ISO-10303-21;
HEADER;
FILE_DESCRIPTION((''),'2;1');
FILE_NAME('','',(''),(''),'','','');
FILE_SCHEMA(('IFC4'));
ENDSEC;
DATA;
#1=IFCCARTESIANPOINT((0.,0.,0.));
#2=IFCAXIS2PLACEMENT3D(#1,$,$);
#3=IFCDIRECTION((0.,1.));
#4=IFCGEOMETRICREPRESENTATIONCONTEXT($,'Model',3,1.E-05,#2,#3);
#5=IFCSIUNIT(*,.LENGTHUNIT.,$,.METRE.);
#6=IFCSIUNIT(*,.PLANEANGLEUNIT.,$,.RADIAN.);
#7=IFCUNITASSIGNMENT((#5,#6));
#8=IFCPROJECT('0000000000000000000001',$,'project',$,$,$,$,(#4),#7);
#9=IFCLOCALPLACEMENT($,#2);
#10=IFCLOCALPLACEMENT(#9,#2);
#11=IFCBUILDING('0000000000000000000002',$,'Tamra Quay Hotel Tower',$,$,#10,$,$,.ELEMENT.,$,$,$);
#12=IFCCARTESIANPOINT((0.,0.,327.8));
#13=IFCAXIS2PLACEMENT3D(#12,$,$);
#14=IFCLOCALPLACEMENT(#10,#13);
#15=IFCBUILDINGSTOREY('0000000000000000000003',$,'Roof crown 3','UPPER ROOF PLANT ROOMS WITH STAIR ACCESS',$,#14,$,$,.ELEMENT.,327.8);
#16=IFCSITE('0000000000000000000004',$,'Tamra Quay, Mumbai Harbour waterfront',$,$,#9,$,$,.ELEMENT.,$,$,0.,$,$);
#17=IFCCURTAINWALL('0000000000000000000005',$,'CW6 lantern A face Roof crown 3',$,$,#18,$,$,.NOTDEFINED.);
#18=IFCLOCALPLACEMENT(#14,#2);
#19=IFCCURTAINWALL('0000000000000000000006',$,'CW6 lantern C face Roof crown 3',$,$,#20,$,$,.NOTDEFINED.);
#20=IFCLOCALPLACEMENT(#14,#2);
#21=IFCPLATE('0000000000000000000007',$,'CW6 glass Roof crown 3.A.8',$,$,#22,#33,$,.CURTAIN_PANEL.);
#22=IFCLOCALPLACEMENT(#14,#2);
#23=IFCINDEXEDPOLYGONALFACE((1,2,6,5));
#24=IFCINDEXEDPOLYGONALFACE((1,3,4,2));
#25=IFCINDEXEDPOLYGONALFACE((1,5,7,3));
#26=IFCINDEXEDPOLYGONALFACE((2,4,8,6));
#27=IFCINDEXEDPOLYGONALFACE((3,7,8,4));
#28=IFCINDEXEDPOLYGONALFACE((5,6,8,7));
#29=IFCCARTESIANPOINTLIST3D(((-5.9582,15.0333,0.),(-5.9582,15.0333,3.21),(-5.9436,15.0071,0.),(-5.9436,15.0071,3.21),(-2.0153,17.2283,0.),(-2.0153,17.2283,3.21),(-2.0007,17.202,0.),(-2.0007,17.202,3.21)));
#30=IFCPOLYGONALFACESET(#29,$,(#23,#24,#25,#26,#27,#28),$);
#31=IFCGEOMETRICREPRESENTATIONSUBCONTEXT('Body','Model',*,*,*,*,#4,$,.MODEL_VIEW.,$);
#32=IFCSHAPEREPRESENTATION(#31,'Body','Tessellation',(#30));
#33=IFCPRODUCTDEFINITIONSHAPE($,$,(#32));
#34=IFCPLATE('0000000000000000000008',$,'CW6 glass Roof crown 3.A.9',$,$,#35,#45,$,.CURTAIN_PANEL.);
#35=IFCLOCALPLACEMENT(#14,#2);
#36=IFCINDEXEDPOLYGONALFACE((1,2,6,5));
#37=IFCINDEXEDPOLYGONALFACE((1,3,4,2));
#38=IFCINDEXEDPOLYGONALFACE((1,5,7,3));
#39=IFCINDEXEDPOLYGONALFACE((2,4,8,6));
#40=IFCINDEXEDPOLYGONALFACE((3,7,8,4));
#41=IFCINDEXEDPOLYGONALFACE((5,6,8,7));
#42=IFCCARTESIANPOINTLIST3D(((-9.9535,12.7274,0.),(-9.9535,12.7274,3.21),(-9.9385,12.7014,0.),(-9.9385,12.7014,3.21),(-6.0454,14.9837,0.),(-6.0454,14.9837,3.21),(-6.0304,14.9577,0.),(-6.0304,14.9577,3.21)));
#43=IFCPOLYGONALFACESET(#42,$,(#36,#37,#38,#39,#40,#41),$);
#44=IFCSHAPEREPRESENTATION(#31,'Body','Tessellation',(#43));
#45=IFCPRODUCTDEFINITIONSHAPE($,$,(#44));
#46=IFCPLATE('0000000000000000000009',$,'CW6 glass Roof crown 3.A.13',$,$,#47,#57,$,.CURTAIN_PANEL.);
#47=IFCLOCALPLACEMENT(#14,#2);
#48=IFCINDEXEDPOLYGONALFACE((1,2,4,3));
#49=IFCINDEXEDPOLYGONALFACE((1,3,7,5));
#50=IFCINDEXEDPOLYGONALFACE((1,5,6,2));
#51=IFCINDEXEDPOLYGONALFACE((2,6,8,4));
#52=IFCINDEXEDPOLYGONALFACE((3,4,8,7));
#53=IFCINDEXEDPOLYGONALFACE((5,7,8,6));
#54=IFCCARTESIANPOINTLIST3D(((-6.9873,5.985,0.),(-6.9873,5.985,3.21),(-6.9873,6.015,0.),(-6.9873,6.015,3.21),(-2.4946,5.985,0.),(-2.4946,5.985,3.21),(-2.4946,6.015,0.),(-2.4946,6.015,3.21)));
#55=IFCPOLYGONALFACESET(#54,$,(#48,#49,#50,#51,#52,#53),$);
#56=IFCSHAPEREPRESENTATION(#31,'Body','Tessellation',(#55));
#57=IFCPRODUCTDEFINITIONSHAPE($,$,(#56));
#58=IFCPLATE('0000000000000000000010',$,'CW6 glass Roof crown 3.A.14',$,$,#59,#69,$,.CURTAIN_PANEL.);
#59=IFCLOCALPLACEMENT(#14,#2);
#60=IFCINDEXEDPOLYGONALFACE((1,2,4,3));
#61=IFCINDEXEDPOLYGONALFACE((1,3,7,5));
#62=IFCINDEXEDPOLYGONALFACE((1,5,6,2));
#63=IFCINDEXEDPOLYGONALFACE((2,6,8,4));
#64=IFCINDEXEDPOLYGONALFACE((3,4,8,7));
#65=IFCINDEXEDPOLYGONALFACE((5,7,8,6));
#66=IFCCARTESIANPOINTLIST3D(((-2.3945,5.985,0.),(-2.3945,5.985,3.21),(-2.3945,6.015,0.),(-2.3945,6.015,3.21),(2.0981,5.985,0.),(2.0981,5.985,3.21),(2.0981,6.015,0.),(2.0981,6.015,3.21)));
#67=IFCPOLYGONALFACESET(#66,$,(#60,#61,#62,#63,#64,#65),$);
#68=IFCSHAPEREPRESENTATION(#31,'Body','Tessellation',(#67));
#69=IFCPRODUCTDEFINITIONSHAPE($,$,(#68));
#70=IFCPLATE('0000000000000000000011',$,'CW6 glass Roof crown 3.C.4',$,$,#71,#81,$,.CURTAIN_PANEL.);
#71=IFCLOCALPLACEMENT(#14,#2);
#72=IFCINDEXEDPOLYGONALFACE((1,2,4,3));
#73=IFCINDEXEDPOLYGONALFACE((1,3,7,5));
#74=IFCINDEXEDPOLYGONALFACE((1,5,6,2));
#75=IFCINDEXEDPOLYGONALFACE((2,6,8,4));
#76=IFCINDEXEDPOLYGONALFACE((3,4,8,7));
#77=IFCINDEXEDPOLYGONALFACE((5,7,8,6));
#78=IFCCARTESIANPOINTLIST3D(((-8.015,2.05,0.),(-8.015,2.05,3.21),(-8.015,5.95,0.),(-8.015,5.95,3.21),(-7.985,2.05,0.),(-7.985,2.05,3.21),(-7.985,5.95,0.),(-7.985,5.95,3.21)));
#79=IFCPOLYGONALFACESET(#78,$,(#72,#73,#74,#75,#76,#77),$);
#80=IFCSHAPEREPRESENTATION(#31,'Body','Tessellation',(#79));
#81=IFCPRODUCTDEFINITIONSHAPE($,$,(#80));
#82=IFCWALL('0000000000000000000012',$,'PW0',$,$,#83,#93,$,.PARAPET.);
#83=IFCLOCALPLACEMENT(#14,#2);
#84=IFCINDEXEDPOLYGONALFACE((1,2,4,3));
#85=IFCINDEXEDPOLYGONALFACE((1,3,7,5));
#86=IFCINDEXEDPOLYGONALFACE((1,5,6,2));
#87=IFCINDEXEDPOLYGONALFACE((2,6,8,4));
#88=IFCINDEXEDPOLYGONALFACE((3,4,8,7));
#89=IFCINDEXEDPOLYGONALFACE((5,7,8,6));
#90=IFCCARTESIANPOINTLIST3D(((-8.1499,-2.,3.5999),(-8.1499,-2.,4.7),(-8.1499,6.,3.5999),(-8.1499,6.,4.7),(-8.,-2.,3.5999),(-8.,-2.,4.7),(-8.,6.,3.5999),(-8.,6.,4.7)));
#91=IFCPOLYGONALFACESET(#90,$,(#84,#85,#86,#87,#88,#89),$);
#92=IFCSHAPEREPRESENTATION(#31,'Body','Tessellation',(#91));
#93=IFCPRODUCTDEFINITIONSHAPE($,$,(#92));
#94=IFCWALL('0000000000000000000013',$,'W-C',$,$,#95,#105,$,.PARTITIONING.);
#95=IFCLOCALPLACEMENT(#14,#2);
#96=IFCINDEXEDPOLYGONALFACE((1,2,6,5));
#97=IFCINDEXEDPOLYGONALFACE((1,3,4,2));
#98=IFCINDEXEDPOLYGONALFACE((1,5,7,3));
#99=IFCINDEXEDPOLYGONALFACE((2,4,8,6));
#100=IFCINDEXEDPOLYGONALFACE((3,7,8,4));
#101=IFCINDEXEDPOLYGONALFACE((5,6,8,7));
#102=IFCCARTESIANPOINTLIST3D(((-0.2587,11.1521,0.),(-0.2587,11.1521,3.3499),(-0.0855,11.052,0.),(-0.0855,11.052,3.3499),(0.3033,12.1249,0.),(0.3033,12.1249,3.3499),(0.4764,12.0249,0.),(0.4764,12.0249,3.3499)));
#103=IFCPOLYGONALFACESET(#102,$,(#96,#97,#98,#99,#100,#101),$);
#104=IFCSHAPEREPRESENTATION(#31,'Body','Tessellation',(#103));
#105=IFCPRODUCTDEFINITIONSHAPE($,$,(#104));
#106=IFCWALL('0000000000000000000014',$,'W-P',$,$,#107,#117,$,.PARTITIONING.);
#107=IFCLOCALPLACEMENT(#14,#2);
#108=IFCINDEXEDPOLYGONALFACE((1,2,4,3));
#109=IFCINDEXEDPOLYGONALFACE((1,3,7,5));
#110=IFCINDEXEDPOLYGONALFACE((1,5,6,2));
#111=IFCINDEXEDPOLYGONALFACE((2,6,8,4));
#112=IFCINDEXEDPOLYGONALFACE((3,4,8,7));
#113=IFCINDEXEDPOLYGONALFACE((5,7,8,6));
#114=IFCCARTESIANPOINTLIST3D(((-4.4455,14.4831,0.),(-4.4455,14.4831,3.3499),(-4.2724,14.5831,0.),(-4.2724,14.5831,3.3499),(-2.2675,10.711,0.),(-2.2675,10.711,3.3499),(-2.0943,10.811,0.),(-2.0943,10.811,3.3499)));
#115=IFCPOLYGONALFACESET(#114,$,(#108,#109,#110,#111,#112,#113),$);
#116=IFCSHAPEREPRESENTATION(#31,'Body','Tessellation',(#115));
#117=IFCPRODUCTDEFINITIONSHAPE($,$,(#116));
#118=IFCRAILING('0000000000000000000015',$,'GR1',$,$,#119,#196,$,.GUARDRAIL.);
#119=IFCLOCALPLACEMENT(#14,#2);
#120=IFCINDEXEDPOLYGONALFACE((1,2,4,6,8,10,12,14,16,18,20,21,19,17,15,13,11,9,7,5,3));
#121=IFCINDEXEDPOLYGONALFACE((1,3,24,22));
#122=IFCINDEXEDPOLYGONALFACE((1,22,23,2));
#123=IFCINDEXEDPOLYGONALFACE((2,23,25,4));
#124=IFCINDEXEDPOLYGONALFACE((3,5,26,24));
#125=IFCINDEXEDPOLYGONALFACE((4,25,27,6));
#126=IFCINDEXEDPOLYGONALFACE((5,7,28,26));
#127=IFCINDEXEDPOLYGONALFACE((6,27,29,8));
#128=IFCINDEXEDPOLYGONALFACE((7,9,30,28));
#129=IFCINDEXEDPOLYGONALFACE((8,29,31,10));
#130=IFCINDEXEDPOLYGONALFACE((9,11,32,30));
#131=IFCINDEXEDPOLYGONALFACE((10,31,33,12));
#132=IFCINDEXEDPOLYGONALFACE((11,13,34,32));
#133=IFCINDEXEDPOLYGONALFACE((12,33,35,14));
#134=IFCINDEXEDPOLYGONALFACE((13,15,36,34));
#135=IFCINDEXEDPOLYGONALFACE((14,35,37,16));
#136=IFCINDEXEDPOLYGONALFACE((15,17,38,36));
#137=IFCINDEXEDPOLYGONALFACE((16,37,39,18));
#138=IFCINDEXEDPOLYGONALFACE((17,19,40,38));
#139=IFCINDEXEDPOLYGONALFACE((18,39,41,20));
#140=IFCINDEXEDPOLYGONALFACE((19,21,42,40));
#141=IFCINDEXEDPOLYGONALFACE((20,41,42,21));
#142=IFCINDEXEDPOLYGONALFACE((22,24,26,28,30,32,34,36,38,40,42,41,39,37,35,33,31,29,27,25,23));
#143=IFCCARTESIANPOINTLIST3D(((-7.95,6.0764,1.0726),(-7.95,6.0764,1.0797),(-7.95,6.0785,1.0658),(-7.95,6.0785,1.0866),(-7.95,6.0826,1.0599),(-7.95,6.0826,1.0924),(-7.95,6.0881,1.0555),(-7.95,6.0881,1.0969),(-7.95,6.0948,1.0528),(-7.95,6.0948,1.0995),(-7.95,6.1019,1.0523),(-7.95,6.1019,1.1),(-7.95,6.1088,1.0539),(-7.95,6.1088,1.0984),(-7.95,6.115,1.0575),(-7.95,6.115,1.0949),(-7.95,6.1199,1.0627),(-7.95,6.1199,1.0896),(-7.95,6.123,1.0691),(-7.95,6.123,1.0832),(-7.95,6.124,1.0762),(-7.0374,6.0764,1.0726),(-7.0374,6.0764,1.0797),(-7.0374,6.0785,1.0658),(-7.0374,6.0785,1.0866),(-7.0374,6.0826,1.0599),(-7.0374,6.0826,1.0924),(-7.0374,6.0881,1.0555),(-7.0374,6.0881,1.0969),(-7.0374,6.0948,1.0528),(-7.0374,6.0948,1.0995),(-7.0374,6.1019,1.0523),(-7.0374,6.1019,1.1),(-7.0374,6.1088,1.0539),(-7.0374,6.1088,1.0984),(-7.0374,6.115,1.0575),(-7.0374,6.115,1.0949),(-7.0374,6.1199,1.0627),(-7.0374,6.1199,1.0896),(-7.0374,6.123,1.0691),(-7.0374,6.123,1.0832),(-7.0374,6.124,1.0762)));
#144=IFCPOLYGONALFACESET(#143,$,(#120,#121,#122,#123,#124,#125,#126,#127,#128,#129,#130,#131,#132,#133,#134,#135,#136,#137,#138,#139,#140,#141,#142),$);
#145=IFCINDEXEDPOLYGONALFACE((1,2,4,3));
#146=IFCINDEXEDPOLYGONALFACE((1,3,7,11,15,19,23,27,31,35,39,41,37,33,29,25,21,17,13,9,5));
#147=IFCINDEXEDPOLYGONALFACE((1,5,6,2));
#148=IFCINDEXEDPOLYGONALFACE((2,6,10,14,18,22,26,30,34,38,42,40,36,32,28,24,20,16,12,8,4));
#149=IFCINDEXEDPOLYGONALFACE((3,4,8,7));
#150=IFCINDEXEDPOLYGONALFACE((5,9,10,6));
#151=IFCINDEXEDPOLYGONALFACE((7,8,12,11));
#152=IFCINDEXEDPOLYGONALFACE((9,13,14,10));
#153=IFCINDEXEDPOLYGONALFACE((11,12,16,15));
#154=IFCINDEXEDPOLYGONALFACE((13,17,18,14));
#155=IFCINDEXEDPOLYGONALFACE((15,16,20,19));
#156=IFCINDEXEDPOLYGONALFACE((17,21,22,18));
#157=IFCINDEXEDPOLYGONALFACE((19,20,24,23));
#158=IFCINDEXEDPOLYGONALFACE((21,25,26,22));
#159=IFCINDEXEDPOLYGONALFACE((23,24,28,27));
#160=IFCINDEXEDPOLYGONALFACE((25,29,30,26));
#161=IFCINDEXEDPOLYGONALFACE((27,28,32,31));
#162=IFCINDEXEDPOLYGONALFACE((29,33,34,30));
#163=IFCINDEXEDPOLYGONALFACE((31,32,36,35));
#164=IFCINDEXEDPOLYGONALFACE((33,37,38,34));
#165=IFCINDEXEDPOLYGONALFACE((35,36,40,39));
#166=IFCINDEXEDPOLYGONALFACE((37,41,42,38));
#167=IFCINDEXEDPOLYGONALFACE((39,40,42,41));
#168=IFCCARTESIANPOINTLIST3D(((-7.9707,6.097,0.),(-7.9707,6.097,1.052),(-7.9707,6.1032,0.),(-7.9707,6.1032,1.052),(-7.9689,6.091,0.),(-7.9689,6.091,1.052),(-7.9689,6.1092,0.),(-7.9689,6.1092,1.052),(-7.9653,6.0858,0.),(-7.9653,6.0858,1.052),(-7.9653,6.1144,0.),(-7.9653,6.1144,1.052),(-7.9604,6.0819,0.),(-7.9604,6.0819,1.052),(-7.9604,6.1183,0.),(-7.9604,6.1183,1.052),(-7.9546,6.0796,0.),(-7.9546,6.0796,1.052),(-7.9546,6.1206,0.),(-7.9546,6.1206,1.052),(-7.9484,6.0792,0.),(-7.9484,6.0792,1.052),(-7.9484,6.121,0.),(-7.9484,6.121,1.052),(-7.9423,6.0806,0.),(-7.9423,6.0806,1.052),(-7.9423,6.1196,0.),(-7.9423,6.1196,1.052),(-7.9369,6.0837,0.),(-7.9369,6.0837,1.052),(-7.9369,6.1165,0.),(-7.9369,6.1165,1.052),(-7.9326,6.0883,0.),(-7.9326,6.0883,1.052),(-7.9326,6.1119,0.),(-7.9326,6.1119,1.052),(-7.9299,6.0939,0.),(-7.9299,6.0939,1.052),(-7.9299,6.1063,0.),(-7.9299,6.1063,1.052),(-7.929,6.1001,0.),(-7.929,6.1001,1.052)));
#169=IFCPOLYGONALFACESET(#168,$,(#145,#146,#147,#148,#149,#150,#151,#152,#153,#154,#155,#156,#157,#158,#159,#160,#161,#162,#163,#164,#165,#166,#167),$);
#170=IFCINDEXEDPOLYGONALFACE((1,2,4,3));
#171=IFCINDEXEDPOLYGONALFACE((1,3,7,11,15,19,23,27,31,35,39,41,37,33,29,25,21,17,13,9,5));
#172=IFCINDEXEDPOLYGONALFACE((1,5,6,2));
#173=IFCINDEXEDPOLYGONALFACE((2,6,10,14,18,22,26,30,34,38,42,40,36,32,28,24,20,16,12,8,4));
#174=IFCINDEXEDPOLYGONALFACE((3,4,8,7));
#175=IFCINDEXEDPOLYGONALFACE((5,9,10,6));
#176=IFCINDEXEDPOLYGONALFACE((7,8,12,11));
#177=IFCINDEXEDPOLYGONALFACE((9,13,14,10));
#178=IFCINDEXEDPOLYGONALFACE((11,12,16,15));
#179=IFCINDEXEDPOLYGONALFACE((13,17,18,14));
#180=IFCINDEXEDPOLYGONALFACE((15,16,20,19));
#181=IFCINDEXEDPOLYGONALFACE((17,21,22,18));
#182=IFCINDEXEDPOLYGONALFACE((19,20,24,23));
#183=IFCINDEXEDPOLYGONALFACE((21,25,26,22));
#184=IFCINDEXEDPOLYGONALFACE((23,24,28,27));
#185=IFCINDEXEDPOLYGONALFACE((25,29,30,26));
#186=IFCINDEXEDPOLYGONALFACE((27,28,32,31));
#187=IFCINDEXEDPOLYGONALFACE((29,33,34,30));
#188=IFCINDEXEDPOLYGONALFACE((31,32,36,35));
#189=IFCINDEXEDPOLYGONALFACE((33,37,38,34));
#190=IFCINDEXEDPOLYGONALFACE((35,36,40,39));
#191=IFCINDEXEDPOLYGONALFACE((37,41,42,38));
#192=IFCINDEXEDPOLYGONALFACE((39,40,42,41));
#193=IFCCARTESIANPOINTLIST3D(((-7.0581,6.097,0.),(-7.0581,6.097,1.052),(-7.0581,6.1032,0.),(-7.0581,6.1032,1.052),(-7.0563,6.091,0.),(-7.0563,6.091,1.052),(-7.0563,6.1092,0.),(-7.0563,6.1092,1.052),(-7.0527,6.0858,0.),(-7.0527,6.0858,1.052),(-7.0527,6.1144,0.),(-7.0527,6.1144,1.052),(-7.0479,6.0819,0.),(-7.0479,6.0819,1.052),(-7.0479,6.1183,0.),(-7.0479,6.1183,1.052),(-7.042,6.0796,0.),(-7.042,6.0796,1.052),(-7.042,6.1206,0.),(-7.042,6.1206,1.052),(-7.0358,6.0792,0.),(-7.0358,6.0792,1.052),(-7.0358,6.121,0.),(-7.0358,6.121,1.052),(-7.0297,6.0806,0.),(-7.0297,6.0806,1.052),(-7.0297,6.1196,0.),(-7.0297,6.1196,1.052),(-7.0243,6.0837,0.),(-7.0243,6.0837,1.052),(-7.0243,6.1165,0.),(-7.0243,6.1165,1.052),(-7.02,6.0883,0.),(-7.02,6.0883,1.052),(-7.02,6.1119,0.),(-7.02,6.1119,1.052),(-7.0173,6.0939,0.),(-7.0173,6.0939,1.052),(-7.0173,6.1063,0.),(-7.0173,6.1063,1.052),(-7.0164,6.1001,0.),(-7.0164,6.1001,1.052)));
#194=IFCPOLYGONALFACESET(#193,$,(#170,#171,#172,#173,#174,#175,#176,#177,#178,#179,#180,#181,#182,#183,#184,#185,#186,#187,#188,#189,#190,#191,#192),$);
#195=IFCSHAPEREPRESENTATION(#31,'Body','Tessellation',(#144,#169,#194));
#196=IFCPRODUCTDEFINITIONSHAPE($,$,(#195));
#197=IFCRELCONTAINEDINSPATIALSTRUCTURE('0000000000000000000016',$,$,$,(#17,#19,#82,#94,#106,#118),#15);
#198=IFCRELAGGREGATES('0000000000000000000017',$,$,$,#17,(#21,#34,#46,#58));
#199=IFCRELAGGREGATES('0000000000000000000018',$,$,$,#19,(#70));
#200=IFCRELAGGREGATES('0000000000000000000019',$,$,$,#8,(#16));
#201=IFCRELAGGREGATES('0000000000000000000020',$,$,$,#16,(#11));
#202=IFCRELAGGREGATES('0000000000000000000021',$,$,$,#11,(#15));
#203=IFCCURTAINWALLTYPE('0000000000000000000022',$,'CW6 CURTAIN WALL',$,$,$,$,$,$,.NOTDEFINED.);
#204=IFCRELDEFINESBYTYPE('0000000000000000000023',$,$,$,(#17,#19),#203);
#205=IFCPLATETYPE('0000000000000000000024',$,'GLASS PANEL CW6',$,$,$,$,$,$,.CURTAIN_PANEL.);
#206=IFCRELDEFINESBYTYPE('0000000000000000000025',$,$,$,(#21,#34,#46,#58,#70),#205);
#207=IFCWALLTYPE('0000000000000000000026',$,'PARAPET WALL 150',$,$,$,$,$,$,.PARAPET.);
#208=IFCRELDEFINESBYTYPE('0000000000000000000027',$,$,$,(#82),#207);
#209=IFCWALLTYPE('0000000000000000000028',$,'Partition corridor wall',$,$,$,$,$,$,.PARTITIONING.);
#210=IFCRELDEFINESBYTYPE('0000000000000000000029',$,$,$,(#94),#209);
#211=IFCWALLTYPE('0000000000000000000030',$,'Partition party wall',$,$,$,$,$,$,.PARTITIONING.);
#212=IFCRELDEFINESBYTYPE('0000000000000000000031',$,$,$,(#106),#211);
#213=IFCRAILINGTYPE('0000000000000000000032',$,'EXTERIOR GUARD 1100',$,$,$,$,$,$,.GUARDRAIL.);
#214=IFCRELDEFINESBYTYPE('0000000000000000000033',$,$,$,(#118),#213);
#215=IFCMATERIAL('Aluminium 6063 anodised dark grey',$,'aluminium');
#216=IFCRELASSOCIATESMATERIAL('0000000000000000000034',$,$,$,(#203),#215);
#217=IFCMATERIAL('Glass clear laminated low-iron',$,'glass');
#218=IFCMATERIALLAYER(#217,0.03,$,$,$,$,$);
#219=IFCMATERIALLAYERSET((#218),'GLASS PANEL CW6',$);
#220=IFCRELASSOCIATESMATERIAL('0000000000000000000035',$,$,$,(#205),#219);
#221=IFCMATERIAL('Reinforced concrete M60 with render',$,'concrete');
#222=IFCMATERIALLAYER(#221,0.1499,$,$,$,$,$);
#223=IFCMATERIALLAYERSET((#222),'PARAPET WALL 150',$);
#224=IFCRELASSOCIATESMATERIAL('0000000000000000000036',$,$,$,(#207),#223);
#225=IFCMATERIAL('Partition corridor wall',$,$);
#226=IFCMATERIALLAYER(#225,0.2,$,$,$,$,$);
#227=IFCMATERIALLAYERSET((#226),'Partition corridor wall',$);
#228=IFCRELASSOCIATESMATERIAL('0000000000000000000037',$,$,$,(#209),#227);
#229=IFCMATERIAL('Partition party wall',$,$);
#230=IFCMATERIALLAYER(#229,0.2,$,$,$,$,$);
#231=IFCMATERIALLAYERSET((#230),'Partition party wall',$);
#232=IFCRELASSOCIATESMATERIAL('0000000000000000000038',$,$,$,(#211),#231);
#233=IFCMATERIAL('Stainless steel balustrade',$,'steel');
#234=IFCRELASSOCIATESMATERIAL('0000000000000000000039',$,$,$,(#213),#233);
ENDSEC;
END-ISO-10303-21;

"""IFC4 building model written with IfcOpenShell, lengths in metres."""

from ifc_helpers import new_model, si_unit, direction, frame, frame_2d, origin, origin_2d, place, context, subcontext, project, spatial, rectangle, circle, extrude, material, layer, layer_set, type_object, element, aggregate, save


model = new_model("IFC4")

# Units and contexts
model_context = context("Model", 3, precision=1e-05, world=origin(), true_north=direction((0.0, 1.0)))
body_context = subcontext(model_context, "Body", "Model", "MODEL_VIEW")
ifc_project = project(units=[si_unit("LENGTHUNIT", "METRE"), si_unit("PLANEANGLEUNIT", "RADIAN")], contexts=[model_context])

# Site, building, storey
site_placement = place(None, origin())
site = spatial("IfcSite", under=ifc_project, at=site_placement, Name="Tamra Quay, Mumbai Harbour waterfront", CompositionType="ELEMENT", RefElevation=0.0)
building_placement = place(site_placement, origin())
building = spatial("IfcBuilding", under=site, at=building_placement, Name="Tamra Quay Hotel Tower", CompositionType="ELEMENT")
storey_placement = place(building_placement, frame((0.0, 0.0, 327.8)))
storey = spatial("IfcBuildingStorey", under=building, at=storey_placement, Name="Roof crown 3", Description="UPPER ROOF PLANT ROOMS WITH STAIR ACCESS", CompositionType="ELEMENT", Elevation=327.8)

# Curtain walls
ifc_material_1 = material(Name="Aluminium 6063 anodised dark grey", Category="aluminium")
curtain_wall_type = type_object("IfcCurtainWallType", Name="CW6 CURTAIN WALL", PredefinedType="NOTDEFINED", material=ifc_material_1)
curtain_wall_1_placement = place(storey_placement, origin())
curtain_wall_1 = element("IfcCurtainWall", 1, at=curtain_wall_1_placement, inside=storey, type_object=curtain_wall_type, Name="CW6 lantern A face Roof crown 3", PredefinedType="NOTDEFINED")
curtain_wall_2_placement = place(storey_placement, origin())
curtain_wall_2 = element("IfcCurtainWall", 2, at=curtain_wall_2_placement, inside=storey, type_object=curtain_wall_type, Name="CW6 lantern C face Roof crown 3", PredefinedType="NOTDEFINED")

# Plates
ifc_material_2 = material(Name="Glass clear laminated low-iron", Category="glass")
ifc_layer_1 = layer(ifc_material_2, 0.03)
ifc_layer_set_1 = layer_set([ifc_layer_1], Name="GLASS PANEL CW6")
plate_type = type_object("IfcPlateType", Name="GLASS PANEL CW6", PredefinedType="CURTAIN_PANEL", material=ifc_layer_set_1)
plate_1_placement = place(storey_placement, frame((-3.9795, 16.1177, 0.0), z_axis=(0.0, 0.0, 1.0), x_axis=(-0.873736, -0.486401, 0.0)))
plate_1 = element("IfcPlate", 3, at=plate_1_placement, type_object=plate_type, Name="CW6 glass Roof crown 3.A.8", PredefinedType="CURTAIN_PANEL", context=body_context, shape_type="SweptSolid", body=[
    extrude(rectangle(XDim=4.5127, YDim=0.03, at=origin_2d()), origin(), (0.0, 0.0, 1.0), 3.21),
])
plate_2_placement = place(storey_placement, frame((-7.9919, 13.8425, 0.0), z_axis=(0.0, 0.0, 1.0), x_axis=(-0.866025, -0.5, 0.0)))
plate_2 = element("IfcPlate", 4, at=plate_2_placement, type_object=plate_type, Name="CW6 glass Roof crown 3.A.9", PredefinedType="CURTAIN_PANEL", context=body_context, shape_type="SweptSolid", body=[
    extrude(rectangle(XDim=4.5127, YDim=0.03, at=origin_2d()), origin(), (0.0, 0.0, 1.0), 3.21),
])
plate_3_placement = place(storey_placement, frame((-4.741, 6.0, 0.0), z_axis=(0.0, 0.0, 1.0), x_axis=(1.0, 0.0, 0.0)))
plate_3 = element("IfcPlate", 5, at=plate_3_placement, type_object=plate_type, Name="CW6 glass Roof crown 3.A.13", PredefinedType="CURTAIN_PANEL", context=body_context, shape_type="SweptSolid", body=[
    extrude(rectangle(XDim=4.4927, YDim=0.03, at=origin_2d()), origin(), (0.0, 0.0, 1.0), 3.21),
])
plate_4_placement = place(storey_placement, frame((-0.1482, 6.0, 0.0), z_axis=(0.0, 0.0, 1.0), x_axis=(1.0, 0.0, 0.0)))
plate_4 = element("IfcPlate", 6, at=plate_4_placement, type_object=plate_type, Name="CW6 glass Roof crown 3.A.14", PredefinedType="CURTAIN_PANEL", context=body_context, shape_type="SweptSolid", body=[
    extrude(rectangle(XDim=4.4927, YDim=0.03, at=origin_2d()), origin(), (0.0, 0.0, 1.0), 3.21),
])
aggregate(curtain_wall_1, [plate_1, plate_2, plate_3, plate_4])
plate_5_placement = place(storey_placement, frame((-8.0, 4.0, 0.0), z_axis=(0.0, 0.0, 1.0), x_axis=(0.0, 1.0, 0.0)))
plate_5 = element("IfcPlate", 7, at=plate_5_placement, type_object=plate_type, Name="CW6 glass Roof crown 3.C.4", PredefinedType="CURTAIN_PANEL", context=body_context, shape_type="SweptSolid", body=[
    extrude(rectangle(XDim=3.8999, YDim=0.03, at=origin_2d()), origin(), (0.0, 0.0, 1.0), 3.21),
])
aggregate(curtain_wall_2, [plate_5])

# Walls
ifc_material_3 = material(Name="Reinforced concrete M60 with render", Category="concrete")
ifc_layer_2 = layer(ifc_material_3, 0.1499)
ifc_layer_set_2 = layer_set([ifc_layer_2], Name="PARAPET WALL 150")
wall_type_1 = type_object("IfcWallType", Name="PARAPET WALL 150", PredefinedType="PARAPET", material=ifc_layer_set_2)
wall_1_placement = place(storey_placement, frame((-8.075, 6.0, 3.5999), z_axis=(0.0, 0.0, 1.0), x_axis=(0.0, -1.0, 0.0)))
element("IfcWall", 8, at=wall_1_placement, inside=storey, type_object=wall_type_1, Name="PW0", PredefinedType="PARAPET", context=body_context, shape_type="SweptSolid", body=[
    extrude(rectangle(XDim=8.0, YDim=0.1499, at=frame_2d((4.0, 0.0))), origin(), (0.0, 0.0, 1.0), 1.1001),
])
ifc_material_4 = material(Name="Partition corridor wall")
ifc_layer_3 = layer(ifc_material_4, 0.2)
ifc_layer_set_3 = layer_set([ifc_layer_3], Name="Partition corridor wall")
wall_type_2 = type_object("IfcWallType", Name="Partition corridor wall", PredefinedType="PARTITIONING", material=ifc_layer_set_3)
wall_2_placement = place(storey_placement, frame((-0.1721, 11.1021, 0.0), z_axis=(0.0, 0.0, 1.0), x_axis=(0.500205, 0.865907, 0.0)))
element("IfcWall", 9, at=wall_2_placement, inside=storey, type_object=wall_type_2, Name="W-C", PredefinedType="PARTITIONING", context=body_context, shape_type="SweptSolid", body=[
    extrude(rectangle(XDim=1.1235, YDim=0.2, at=frame_2d((0.5618, 0.0))), origin(), (0.0, 0.0, 1.0), 3.3499),
])
ifc_material_5 = material(Name="Partition party wall")
ifc_layer_4 = layer(ifc_material_5, 0.2)
ifc_layer_set_4 = layer_set([ifc_layer_4], Name="Partition party wall")
wall_type_3 = type_object("IfcWallType", Name="Partition party wall", PredefinedType="PARTITIONING", material=ifc_layer_set_4)
wall_3_placement = place(storey_placement, frame((-4.3589, 14.533, 0.0), z_axis=(0.0, 0.0, 1.0), x_axis=(0.500039, -0.866003, 0.0)))
element("IfcWall", 10, at=wall_3_placement, inside=storey, type_object=wall_type_3, Name="W-P", PredefinedType="PARTITIONING", context=body_context, shape_type="SweptSolid", body=[
    extrude(rectangle(XDim=4.3557, YDim=0.2, at=frame_2d((2.1777, 0.0))), origin(), (0.0, 0.0, 1.0), 3.3499),
])

# Railing
ifc_material_6 = material(Name="Stainless steel balustrade", Category="steel")
railing_type = type_object("IfcRailingType", Name="EXTERIOR GUARD 1100", PredefinedType="GUARDRAIL", material=ifc_material_6)
railing_placement = place(storey_placement, frame((-7.95, 6.1001, 0.0)))
element("IfcRailing", 11, at=railing_placement, inside=storey, type_object=railing_type, Name="GR1", PredefinedType="GUARDRAIL", context=body_context, shape_type="SweptSolid", body=[
    extrude(circle(Radius=0.0239, at=origin_2d()), frame((0.0, 0.0, 1.0762), z_axis=(1.0, 0.0, 0.0), x_axis=(0.0, 1.0, 0.0)), (0.0, 0.0, 1.0), 0.9126),
    extrude(circle(Radius=0.021, at=origin_2d()), origin(), (0.0, 0.0, 1.0), 1.052),
    extrude(circle(Radius=0.021, at=origin_2d()), frame((0.9126, 0.0, 0.0)), (0.0, 0.0, 1.0), 1.052),
])

save(model, "model.ifc")
